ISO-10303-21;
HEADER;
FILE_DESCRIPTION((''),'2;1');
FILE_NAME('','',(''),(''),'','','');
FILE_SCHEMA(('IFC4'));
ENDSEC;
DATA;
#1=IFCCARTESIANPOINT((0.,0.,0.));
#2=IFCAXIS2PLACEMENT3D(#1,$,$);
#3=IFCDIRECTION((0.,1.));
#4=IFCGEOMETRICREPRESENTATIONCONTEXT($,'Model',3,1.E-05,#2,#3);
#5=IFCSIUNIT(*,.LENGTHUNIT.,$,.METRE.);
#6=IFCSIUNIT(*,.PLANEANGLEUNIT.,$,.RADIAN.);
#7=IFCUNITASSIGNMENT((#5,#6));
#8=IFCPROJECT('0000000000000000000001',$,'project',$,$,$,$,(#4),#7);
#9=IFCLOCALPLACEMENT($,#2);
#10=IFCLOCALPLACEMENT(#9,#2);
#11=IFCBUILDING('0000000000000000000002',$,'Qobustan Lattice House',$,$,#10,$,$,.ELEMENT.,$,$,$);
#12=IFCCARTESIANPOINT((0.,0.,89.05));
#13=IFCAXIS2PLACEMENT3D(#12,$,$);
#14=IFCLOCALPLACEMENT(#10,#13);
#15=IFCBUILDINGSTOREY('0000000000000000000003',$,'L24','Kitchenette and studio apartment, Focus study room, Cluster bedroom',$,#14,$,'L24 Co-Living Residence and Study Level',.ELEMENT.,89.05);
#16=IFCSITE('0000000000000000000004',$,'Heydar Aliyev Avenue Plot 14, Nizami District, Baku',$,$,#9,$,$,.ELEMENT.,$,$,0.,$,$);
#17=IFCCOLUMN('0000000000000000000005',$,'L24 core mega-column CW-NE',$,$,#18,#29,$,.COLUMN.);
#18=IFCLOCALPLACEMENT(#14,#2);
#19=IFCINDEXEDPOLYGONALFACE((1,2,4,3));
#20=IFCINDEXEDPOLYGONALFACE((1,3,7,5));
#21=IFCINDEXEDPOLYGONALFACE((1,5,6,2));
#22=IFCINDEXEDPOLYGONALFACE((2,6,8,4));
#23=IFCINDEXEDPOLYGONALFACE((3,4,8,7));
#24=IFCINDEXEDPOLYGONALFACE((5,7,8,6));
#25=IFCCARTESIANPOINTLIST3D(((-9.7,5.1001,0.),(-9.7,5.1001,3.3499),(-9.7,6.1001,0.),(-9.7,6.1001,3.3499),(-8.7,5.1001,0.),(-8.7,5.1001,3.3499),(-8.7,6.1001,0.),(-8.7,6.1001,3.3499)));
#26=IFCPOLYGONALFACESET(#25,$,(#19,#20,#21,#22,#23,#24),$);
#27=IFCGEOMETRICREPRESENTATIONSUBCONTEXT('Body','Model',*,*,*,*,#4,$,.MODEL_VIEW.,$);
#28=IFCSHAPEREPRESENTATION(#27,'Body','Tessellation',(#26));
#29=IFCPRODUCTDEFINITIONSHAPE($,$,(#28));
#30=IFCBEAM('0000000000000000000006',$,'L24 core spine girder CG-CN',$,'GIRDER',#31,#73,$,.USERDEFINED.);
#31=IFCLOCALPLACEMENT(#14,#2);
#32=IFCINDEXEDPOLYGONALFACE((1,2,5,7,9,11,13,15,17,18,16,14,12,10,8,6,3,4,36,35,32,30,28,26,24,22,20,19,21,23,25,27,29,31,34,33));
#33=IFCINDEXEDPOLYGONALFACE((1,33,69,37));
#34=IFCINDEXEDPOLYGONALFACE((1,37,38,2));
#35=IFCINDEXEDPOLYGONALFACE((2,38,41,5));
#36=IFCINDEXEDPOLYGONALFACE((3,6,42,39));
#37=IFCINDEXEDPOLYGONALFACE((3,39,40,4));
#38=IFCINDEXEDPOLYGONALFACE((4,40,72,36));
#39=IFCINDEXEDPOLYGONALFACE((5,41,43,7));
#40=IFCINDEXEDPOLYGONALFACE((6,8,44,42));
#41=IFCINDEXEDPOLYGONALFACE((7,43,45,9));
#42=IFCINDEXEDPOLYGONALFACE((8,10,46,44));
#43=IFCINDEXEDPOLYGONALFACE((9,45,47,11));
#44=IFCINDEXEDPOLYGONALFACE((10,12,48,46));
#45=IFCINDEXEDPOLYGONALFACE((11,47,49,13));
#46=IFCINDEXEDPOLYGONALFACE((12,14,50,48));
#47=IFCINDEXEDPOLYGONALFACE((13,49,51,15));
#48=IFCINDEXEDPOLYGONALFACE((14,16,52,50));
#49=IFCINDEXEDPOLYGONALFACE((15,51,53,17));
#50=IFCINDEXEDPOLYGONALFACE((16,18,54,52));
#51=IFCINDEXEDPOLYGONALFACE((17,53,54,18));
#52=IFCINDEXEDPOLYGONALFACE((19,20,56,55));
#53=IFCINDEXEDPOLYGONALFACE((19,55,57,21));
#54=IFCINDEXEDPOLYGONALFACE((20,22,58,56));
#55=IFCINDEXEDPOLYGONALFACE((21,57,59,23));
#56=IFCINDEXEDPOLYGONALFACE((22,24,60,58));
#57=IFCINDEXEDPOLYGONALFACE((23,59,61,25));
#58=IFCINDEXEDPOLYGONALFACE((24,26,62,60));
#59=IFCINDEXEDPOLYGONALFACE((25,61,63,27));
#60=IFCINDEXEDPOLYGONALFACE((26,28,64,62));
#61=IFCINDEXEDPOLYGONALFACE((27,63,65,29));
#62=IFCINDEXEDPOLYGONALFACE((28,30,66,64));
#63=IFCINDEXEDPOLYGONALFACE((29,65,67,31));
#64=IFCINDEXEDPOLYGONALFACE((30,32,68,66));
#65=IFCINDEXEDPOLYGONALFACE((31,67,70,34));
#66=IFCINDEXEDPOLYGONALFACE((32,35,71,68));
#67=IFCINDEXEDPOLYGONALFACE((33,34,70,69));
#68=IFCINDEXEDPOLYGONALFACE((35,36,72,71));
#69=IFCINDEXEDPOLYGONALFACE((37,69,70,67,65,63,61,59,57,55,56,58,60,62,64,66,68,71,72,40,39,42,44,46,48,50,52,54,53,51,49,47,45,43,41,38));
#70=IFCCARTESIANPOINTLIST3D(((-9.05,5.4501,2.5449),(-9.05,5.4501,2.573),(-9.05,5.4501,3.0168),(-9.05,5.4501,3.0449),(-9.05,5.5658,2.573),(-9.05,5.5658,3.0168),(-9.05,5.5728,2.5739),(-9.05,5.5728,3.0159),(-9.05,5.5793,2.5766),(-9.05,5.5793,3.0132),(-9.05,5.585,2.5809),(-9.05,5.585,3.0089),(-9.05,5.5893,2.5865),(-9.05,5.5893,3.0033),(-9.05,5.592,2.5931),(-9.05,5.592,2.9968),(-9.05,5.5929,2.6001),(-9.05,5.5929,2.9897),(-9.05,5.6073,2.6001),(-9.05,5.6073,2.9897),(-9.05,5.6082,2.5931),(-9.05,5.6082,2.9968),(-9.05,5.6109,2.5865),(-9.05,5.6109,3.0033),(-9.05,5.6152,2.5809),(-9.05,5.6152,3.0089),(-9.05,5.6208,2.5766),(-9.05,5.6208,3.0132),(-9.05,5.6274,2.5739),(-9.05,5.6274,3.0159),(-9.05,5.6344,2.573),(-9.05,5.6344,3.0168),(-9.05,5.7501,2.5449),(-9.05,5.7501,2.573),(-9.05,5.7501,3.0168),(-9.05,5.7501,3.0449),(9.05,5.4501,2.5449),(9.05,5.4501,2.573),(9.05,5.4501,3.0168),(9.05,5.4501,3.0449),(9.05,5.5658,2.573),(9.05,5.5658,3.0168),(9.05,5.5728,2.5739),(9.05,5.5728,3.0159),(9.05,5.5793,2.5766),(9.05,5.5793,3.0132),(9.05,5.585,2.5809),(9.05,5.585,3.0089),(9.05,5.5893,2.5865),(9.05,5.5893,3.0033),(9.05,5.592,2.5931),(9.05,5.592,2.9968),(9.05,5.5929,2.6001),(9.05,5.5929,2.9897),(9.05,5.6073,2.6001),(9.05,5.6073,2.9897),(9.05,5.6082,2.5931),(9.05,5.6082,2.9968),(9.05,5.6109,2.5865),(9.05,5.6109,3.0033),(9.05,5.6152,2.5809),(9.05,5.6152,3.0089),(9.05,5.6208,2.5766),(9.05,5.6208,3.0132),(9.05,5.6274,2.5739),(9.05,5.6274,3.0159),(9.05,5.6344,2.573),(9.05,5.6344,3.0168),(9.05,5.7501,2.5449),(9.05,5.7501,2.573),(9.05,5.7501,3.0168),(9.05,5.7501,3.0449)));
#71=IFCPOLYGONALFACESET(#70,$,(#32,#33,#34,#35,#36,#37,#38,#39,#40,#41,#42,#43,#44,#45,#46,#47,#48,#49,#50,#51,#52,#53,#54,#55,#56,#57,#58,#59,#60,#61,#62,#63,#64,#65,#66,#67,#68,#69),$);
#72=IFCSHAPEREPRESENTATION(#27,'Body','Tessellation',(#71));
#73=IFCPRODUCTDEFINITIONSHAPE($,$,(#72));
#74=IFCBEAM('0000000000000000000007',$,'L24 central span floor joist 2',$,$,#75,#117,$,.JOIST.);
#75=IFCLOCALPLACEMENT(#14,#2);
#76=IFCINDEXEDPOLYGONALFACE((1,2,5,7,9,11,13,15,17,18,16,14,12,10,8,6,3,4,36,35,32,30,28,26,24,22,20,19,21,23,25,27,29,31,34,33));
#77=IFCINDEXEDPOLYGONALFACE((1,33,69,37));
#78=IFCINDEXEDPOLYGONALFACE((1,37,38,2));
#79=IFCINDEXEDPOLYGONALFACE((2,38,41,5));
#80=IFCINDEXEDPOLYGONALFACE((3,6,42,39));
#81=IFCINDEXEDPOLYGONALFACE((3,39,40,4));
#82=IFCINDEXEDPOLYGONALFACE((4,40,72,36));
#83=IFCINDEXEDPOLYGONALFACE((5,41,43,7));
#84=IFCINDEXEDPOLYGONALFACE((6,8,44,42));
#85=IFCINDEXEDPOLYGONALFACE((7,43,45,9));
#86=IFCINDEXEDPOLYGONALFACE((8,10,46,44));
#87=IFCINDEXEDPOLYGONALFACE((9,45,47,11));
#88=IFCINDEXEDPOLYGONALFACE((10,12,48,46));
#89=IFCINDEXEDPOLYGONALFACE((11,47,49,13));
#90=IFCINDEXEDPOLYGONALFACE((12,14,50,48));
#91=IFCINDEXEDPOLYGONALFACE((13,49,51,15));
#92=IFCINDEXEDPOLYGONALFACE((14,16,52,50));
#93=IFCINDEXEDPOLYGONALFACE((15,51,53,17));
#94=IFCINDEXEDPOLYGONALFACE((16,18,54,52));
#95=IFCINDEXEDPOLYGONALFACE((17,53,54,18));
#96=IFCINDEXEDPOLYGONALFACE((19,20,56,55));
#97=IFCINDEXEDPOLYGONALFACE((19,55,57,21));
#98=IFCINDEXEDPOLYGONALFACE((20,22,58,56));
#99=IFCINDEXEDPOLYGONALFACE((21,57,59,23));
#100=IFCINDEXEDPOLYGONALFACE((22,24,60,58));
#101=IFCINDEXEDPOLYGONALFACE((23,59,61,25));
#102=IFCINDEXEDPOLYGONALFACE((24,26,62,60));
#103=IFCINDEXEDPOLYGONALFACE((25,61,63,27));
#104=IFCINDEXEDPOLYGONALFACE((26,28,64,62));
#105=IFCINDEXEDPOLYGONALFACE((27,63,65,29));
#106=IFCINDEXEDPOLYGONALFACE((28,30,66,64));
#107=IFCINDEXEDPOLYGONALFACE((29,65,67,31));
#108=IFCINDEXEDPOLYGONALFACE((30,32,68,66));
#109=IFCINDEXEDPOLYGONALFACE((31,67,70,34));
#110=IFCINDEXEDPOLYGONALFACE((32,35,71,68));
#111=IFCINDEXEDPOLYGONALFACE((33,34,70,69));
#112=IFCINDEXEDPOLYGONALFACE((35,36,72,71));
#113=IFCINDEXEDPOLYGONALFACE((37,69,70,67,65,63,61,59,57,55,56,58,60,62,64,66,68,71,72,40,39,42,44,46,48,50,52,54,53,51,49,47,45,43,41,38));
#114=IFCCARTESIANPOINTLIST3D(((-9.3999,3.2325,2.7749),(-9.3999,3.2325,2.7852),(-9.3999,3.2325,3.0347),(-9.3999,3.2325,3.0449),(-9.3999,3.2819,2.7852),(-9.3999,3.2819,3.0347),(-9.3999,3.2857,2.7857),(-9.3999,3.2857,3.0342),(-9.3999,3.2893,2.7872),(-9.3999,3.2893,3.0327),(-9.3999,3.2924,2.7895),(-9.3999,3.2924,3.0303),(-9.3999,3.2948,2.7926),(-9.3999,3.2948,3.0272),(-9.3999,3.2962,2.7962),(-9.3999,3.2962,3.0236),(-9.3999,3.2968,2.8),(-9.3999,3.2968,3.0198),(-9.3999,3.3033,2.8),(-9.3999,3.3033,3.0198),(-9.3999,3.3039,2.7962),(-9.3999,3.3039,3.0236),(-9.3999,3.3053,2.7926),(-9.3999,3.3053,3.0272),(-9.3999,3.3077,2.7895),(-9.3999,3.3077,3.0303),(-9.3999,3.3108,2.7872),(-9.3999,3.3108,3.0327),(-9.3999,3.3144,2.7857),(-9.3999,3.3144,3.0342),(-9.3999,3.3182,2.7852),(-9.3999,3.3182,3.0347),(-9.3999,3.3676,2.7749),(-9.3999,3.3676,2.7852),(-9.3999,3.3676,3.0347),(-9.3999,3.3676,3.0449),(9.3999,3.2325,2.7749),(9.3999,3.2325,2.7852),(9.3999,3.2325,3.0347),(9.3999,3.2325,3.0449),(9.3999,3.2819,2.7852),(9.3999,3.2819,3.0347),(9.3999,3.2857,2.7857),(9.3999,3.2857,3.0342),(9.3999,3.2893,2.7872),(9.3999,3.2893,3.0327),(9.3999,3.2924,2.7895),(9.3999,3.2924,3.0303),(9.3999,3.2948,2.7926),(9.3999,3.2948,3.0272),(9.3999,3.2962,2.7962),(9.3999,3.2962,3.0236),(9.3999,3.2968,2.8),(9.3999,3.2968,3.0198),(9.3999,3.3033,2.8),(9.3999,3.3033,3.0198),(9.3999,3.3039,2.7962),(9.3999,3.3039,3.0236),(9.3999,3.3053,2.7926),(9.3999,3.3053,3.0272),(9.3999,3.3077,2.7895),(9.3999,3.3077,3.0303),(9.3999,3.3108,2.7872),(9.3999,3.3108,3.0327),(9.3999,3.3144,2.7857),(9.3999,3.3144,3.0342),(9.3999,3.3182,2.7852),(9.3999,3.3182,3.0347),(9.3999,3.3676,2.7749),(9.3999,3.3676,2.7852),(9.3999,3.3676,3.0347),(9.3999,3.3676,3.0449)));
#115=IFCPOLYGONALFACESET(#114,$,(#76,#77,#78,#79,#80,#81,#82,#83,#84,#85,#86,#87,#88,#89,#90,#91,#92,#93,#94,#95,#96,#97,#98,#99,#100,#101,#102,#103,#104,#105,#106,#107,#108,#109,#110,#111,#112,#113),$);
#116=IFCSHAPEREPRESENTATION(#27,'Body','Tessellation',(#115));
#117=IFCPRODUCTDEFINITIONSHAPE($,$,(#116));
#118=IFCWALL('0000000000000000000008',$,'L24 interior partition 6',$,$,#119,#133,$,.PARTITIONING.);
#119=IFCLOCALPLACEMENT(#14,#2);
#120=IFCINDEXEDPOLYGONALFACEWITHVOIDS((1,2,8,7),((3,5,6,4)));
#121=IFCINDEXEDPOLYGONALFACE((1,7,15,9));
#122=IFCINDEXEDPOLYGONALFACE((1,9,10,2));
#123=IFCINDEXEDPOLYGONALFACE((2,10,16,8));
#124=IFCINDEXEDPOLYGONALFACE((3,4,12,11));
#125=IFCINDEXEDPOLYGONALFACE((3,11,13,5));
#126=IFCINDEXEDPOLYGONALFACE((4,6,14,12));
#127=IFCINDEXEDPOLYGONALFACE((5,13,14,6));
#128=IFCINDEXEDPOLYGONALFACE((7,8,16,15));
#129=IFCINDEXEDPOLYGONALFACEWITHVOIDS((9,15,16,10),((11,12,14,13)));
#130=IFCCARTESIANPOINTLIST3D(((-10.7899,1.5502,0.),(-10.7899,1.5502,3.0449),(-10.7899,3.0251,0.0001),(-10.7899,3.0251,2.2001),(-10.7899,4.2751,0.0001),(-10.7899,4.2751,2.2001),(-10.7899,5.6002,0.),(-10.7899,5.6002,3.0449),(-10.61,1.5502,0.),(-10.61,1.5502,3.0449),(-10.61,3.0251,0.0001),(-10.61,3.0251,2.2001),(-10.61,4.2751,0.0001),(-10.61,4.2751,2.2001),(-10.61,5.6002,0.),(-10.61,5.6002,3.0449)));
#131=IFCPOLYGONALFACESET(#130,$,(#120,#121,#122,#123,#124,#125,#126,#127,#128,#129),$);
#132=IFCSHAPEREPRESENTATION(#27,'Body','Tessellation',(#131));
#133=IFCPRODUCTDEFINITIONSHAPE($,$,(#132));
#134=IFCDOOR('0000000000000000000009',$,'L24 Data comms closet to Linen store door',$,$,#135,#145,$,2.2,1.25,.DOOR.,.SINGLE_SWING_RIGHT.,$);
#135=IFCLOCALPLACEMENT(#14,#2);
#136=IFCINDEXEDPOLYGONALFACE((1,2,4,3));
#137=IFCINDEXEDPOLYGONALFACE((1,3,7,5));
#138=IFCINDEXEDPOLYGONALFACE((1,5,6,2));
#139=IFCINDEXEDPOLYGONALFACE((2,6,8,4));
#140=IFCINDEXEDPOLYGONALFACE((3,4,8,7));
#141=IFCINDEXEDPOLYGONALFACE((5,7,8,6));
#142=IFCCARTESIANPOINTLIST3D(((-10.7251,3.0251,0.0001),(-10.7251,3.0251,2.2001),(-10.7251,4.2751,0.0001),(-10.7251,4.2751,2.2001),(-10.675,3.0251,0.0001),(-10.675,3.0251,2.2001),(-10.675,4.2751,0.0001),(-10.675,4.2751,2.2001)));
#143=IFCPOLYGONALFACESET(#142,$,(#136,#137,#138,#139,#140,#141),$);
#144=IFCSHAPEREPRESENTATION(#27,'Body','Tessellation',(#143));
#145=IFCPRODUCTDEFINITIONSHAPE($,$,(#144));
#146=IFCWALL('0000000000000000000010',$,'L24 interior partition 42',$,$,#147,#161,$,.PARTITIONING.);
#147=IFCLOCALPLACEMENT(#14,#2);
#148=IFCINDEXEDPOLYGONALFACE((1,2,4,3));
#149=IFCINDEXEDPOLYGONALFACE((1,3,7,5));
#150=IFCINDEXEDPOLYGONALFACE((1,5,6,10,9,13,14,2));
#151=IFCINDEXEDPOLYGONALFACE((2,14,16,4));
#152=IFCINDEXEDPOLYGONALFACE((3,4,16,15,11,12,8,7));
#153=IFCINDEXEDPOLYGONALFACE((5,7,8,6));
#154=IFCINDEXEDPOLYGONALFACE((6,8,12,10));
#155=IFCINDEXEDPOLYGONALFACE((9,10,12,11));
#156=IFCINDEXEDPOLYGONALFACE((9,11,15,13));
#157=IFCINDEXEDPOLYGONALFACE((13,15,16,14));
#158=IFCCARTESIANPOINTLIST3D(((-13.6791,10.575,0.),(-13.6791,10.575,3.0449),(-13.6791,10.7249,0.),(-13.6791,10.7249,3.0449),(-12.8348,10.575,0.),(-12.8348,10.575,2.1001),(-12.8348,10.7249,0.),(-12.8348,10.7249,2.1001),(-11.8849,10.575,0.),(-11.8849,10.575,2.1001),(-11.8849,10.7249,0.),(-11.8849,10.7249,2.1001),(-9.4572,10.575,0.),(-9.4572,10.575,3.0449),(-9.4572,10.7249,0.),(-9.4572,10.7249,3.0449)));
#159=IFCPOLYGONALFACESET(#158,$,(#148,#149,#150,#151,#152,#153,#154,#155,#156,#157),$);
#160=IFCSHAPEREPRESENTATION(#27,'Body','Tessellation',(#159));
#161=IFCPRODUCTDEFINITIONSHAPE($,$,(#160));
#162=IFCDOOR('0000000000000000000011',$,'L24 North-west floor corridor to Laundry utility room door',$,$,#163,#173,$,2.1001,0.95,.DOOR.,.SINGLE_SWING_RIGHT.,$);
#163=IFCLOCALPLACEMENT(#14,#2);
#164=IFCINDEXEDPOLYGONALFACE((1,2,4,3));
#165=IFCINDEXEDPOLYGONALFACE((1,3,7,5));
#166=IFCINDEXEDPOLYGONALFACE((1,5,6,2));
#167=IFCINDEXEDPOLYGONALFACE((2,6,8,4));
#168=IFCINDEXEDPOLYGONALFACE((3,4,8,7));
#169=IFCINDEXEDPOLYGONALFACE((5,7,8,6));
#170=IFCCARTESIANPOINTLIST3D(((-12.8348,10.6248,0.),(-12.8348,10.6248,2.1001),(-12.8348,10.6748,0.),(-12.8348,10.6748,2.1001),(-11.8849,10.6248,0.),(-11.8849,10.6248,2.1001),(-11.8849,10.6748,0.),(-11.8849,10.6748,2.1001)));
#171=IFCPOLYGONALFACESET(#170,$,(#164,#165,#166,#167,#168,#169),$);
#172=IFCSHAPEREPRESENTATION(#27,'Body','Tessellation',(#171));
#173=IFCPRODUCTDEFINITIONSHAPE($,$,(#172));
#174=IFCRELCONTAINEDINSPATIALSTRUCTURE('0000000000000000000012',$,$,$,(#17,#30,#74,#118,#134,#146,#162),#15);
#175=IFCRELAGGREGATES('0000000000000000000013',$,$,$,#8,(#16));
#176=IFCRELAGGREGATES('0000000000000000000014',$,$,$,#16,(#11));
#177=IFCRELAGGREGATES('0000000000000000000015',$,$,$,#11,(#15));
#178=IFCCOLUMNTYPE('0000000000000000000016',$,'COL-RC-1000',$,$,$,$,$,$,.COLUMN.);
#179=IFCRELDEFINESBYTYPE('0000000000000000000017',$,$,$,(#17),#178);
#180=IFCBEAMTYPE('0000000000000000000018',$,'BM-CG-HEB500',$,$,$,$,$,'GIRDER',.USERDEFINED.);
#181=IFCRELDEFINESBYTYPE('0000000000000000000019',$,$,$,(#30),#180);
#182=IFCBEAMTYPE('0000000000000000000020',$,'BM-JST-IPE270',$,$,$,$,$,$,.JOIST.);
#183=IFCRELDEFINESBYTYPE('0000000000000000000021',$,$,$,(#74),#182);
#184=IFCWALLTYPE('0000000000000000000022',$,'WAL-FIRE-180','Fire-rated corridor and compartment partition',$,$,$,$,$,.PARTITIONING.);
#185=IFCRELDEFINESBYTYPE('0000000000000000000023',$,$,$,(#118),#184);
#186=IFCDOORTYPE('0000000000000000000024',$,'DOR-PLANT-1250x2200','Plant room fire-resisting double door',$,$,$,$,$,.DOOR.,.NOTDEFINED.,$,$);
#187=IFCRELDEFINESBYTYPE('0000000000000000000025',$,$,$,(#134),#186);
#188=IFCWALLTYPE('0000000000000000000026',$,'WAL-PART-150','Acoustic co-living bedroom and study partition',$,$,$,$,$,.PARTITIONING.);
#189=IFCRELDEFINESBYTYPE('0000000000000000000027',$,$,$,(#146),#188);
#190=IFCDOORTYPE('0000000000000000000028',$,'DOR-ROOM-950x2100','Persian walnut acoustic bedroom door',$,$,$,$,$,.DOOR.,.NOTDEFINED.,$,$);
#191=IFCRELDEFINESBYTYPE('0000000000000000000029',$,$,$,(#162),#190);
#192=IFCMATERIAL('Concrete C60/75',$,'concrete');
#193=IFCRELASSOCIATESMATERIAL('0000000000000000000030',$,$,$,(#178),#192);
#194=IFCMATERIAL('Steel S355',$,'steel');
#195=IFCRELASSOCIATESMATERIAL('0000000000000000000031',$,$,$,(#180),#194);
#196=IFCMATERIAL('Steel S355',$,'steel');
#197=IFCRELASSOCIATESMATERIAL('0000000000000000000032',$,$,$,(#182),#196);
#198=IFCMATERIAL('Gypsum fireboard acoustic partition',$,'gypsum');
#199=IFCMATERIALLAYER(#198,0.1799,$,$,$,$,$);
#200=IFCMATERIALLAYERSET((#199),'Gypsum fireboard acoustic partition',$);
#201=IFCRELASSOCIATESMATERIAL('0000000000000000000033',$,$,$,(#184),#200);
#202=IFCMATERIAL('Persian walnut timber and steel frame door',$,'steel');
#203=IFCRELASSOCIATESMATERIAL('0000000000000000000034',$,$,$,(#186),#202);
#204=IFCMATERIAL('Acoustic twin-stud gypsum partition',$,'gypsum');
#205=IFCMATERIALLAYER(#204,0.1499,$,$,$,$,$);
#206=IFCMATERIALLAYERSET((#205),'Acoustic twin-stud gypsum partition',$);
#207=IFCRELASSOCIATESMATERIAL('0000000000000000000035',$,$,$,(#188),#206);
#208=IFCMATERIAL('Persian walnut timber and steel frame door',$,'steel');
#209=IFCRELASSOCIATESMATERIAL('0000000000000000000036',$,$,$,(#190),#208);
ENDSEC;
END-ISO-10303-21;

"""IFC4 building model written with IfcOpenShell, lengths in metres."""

from ifc_helpers import new_model, si_unit, direction, frame, frame_2d, origin, origin_2d, place, context, subcontext, project, spatial, rectangle, i_section, extrude, material, layer, layer_set, material_profile, profile_set, type_object, element, fill, save


model = new_model("IFC4")

# Units and contexts
model_context = context("Model", 3, precision=1e-05, world=origin(), true_north=direction((0.0, 1.0)))
body_context = subcontext(model_context, "Body", "Model", "MODEL_VIEW")
ifc_project = project(units=[si_unit("LENGTHUNIT", "METRE"), si_unit("PLANEANGLEUNIT", "RADIAN")], contexts=[model_context])

# Site, building, storey
site_placement = place(None, origin())
site = spatial("IfcSite", under=ifc_project, at=site_placement, Name="Heydar Aliyev Avenue Plot 14, Nizami District, Baku", CompositionType="ELEMENT", RefElevation=0.0)
building_placement = place(site_placement, origin())
building = spatial("IfcBuilding", under=site, at=building_placement, Name="Qobustan Lattice House", CompositionType="ELEMENT")
storey_placement = place(building_placement, frame((0.0, 0.0, 89.05)))
storey = spatial("IfcBuildingStorey", under=building, at=storey_placement, Name="L24", Description="Kitchenette and studio apartment, Focus study room, Cluster bedroom", LongName="L24 Co-Living Residence and Study Level", CompositionType="ELEMENT", Elevation=89.05)

# Column
ifc_material_1 = material(Name="Concrete C60/75", Category="concrete")
ifc_material_profile_1 = material_profile(ifc_material_1, rectangle(XDim=1.0, YDim=1.0, at=origin_2d()), Name="RC1000x1000")
ifc_profile_set_1 = profile_set([ifc_material_profile_1], Name="Concrete C60/75")
column_type = type_object("IfcColumnType", Name="COL-RC-1000", PredefinedType="COLUMN", material=ifc_profile_set_1)
column_placement = place(storey_placement, frame((-9.2, 5.6001, 0.0), z_axis=(0.0, 0.0, 1.0), x_axis=(1.0, 0.0, 0.0)))
element("IfcColumn", 1, at=column_placement, inside=storey, type_object=column_type, Name="L24 core mega-column CW-NE", PredefinedType="COLUMN", context=body_context, shape_type="SweptSolid", body=[
    extrude(rectangle(XDim=1.0, YDim=1.0, at=origin_2d()), origin(), (0.0, 0.0, 1.0), 3.3499),
])

# Beams
ifc_material_2 = material(Name="Steel S355", Category="steel")
ifc_material_profile_2 = material_profile(ifc_material_2, i_section(OverallWidth=0.3, OverallDepth=0.5, WebThickness=0.0144, FlangeThickness=0.0281, FilletRadius=0.0271, at=origin_2d()), Name="HEB500")
ifc_profile_set_2 = profile_set([ifc_material_profile_2], Name="Steel S355")
beam_type_1 = type_object("IfcBeamType", Name="BM-CG-HEB500", ElementType="GIRDER", PredefinedType="USERDEFINED", material=ifc_profile_set_2)
beam_1_placement = place(storey_placement, frame((-9.05, 5.6001, 2.7949), z_axis=(1.0, 0.0, 0.0), x_axis=(0.0, 1.0, 0.0)))
element("IfcBeam", 2, at=beam_1_placement, inside=storey, type_object=beam_type_1, Name="L24 core spine girder CG-CN", ObjectType="GIRDER", PredefinedType="USERDEFINED", context=body_context, shape_type="SweptSolid", body=[
    extrude(i_section(OverallWidth=0.3, OverallDepth=0.5, WebThickness=0.0144, FlangeThickness=0.0281, FilletRadius=0.0271, at=origin_2d()), origin(), (0.0, 0.0, 1.0), 18.1001),
])
ifc_material_3 = material(Name="Steel S355", Category="steel")
ifc_material_profile_3 = material_profile(ifc_material_3, i_section(OverallWidth=0.135, OverallDepth=0.27, WebThickness=0.0066, FlangeThickness=0.0103, FilletRadius=0.0149, at=origin_2d()), Name="IPE270")
ifc_profile_set_3 = profile_set([ifc_material_profile_3], Name="Steel S355")
beam_type_2 = type_object("IfcBeamType", Name="BM-JST-IPE270", PredefinedType="JOIST", material=ifc_profile_set_3)
beam_2_placement = place(storey_placement, frame((-9.3999, 3.3, 2.9099), z_axis=(1.0, 0.0, 0.0), x_axis=(0.0, 1.0, 0.0)))
element("IfcBeam", 3, at=beam_2_placement, inside=storey, type_object=beam_type_2, Name="L24 central span floor joist 2", PredefinedType="JOIST", context=body_context, shape_type="SweptSolid", body=[
    extrude(i_section(OverallWidth=0.135, OverallDepth=0.27, WebThickness=0.0066, FlangeThickness=0.0103, FilletRadius=0.0149, at=origin_2d()), origin(), (0.0, 0.0, 1.0), 18.7998),
])

# Walls, openings, doors
ifc_material_4 = material(Name="Gypsum fireboard acoustic partition", Category="gypsum")
ifc_layer_1 = layer(ifc_material_4, 0.1799)
ifc_layer_set_1 = layer_set([ifc_layer_1], Name="Gypsum fireboard acoustic partition")
wall_type_1 = type_object("IfcWallType", Name="WAL-FIRE-180", Description="Fire-rated corridor and compartment partition", PredefinedType="PARTITIONING", material=ifc_layer_set_1)
wall_1_placement = place(storey_placement, frame((-10.7, 5.6001, 0.0), z_axis=(0.0, 0.0, 1.0), x_axis=(0.0, -1.0, 0.0)))
wall_1 = element("IfcWall", 4, at=wall_1_placement, inside=storey, type_object=wall_type_1, Name="L24 interior partition 6", PredefinedType="PARTITIONING", context=body_context, shape_type="SweptSolid", body=[
    extrude(rectangle(XDim=4.05, YDim=0.1799, at=frame_2d((2.0249, 0.0))), origin(), (0.0, 0.0, 1.0), 3.0449),
])
opening_1_placement = place(wall_1_placement, frame((1.325, 0.0, 0.0)))
opening_1 = element("IfcOpeningElement", 5, at=opening_1_placement, cuts=wall_1, PredefinedType="OPENING", context=body_context, shape_type="SweptSolid", body=[
    extrude(rectangle(XDim=1.25, YDim=2.2, at=frame_2d((0.625, 1.1001))), frame((0.0, 0.0999, 0.0), z_axis=(0.0, -1.0, 0.0), x_axis=(1.0, 0.0, 0.0)), (0.0, 0.0, 1.0), 0.2),
])
ifc_material_5 = material(Name="Persian walnut timber and steel frame door", Category="steel")
door_type_1 = type_object("IfcDoorType", Name="DOR-PLANT-1250x2200", Description="Plant room fire-resisting double door", OperationType="NOTDEFINED", PredefinedType="DOOR", material=ifc_material_5)
door_1_placement = place(opening_1_placement, origin())
door_1 = element("IfcDoor", 6, at=door_1_placement, inside=storey, type_object=door_type_1, Name="L24 Data comms closet to Linen store door", OperationType="SINGLE_SWING_RIGHT", OverallHeight=2.2, OverallWidth=1.25, PredefinedType="DOOR", context=body_context, shape_type="SweptSolid", body=[
    extrude(rectangle(XDim=1.25, YDim=2.2, at=frame_2d((0.625, 1.1001))), frame((0.0, 0.0249, 0.0), z_axis=(0.0, -1.0, 0.0), x_axis=(1.0, 0.0, 0.0)), (0.0, 0.0, 1.0), 0.05),
])
fill(opening_1, door_1)
ifc_material_6 = material(Name="Acoustic twin-stud gypsum partition", Category="gypsum")
ifc_layer_2 = layer(ifc_material_6, 0.1499)
ifc_layer_set_2 = layer_set([ifc_layer_2], Name="Acoustic twin-stud gypsum partition")
wall_type_2 = type_object("IfcWallType", Name="WAL-PART-150", Description="Acoustic co-living bedroom and study partition", PredefinedType="PARTITIONING", material=ifc_layer_set_2)
wall_2_placement = place(storey_placement, frame((-13.679, 10.6499, 0.0), z_axis=(0.0, 0.0, 1.0), x_axis=(1.0, 0.0, 0.0)))
wall_2 = element("IfcWall", 7, at=wall_2_placement, inside=storey, type_object=wall_type_2, Name="L24 interior partition 42", PredefinedType="PARTITIONING", context=body_context, shape_type="SweptSolid", body=[
    extrude(rectangle(XDim=4.2219, YDim=0.1499, at=frame_2d((2.1108, 0.0))), origin(), (0.0, 0.0, 1.0), 3.0449),
])
opening_2_placement = place(wall_2_placement, frame((0.844, 0.0, 0.0)))
opening_2 = element("IfcOpeningElement", 8, at=opening_2_placement, cuts=wall_2, PredefinedType="OPENING", context=body_context, shape_type="SweptSolid", body=[
    extrude(rectangle(XDim=0.95, YDim=2.1001, at=frame_2d((0.4751, 1.05))), frame((0.0, 0.085, 0.0), z_axis=(0.0, -1.0, 0.0), x_axis=(1.0, 0.0, 0.0)), (0.0, 0.0, 1.0), 0.1699),
])
ifc_material_7 = material(Name="Persian walnut timber and steel frame door", Category="steel")
door_type_2 = type_object("IfcDoorType", Name="DOR-ROOM-950x2100", Description="Persian walnut acoustic bedroom door", OperationType="NOTDEFINED", PredefinedType="DOOR", material=ifc_material_7)
door_2_placement = place(opening_2_placement, origin())
door_2 = element("IfcDoor", 9, at=door_2_placement, inside=storey, type_object=door_type_2, Name="L24 North-west floor corridor to Laundry utility room door", OperationType="SINGLE_SWING_RIGHT", OverallHeight=2.1001, OverallWidth=0.95, PredefinedType="DOOR", context=body_context, shape_type="SweptSolid", body=[
    extrude(rectangle(XDim=0.95, YDim=2.1001, at=frame_2d((0.4751, 1.05))), frame((0.0, 0.0249, 0.0), z_axis=(0.0, -1.0, 0.0), x_axis=(1.0, 0.0, 0.0)), (0.0, 0.0, 1.0), 0.05),
])
fill(opening_2, door_2)

save(model, "model.ifc")
